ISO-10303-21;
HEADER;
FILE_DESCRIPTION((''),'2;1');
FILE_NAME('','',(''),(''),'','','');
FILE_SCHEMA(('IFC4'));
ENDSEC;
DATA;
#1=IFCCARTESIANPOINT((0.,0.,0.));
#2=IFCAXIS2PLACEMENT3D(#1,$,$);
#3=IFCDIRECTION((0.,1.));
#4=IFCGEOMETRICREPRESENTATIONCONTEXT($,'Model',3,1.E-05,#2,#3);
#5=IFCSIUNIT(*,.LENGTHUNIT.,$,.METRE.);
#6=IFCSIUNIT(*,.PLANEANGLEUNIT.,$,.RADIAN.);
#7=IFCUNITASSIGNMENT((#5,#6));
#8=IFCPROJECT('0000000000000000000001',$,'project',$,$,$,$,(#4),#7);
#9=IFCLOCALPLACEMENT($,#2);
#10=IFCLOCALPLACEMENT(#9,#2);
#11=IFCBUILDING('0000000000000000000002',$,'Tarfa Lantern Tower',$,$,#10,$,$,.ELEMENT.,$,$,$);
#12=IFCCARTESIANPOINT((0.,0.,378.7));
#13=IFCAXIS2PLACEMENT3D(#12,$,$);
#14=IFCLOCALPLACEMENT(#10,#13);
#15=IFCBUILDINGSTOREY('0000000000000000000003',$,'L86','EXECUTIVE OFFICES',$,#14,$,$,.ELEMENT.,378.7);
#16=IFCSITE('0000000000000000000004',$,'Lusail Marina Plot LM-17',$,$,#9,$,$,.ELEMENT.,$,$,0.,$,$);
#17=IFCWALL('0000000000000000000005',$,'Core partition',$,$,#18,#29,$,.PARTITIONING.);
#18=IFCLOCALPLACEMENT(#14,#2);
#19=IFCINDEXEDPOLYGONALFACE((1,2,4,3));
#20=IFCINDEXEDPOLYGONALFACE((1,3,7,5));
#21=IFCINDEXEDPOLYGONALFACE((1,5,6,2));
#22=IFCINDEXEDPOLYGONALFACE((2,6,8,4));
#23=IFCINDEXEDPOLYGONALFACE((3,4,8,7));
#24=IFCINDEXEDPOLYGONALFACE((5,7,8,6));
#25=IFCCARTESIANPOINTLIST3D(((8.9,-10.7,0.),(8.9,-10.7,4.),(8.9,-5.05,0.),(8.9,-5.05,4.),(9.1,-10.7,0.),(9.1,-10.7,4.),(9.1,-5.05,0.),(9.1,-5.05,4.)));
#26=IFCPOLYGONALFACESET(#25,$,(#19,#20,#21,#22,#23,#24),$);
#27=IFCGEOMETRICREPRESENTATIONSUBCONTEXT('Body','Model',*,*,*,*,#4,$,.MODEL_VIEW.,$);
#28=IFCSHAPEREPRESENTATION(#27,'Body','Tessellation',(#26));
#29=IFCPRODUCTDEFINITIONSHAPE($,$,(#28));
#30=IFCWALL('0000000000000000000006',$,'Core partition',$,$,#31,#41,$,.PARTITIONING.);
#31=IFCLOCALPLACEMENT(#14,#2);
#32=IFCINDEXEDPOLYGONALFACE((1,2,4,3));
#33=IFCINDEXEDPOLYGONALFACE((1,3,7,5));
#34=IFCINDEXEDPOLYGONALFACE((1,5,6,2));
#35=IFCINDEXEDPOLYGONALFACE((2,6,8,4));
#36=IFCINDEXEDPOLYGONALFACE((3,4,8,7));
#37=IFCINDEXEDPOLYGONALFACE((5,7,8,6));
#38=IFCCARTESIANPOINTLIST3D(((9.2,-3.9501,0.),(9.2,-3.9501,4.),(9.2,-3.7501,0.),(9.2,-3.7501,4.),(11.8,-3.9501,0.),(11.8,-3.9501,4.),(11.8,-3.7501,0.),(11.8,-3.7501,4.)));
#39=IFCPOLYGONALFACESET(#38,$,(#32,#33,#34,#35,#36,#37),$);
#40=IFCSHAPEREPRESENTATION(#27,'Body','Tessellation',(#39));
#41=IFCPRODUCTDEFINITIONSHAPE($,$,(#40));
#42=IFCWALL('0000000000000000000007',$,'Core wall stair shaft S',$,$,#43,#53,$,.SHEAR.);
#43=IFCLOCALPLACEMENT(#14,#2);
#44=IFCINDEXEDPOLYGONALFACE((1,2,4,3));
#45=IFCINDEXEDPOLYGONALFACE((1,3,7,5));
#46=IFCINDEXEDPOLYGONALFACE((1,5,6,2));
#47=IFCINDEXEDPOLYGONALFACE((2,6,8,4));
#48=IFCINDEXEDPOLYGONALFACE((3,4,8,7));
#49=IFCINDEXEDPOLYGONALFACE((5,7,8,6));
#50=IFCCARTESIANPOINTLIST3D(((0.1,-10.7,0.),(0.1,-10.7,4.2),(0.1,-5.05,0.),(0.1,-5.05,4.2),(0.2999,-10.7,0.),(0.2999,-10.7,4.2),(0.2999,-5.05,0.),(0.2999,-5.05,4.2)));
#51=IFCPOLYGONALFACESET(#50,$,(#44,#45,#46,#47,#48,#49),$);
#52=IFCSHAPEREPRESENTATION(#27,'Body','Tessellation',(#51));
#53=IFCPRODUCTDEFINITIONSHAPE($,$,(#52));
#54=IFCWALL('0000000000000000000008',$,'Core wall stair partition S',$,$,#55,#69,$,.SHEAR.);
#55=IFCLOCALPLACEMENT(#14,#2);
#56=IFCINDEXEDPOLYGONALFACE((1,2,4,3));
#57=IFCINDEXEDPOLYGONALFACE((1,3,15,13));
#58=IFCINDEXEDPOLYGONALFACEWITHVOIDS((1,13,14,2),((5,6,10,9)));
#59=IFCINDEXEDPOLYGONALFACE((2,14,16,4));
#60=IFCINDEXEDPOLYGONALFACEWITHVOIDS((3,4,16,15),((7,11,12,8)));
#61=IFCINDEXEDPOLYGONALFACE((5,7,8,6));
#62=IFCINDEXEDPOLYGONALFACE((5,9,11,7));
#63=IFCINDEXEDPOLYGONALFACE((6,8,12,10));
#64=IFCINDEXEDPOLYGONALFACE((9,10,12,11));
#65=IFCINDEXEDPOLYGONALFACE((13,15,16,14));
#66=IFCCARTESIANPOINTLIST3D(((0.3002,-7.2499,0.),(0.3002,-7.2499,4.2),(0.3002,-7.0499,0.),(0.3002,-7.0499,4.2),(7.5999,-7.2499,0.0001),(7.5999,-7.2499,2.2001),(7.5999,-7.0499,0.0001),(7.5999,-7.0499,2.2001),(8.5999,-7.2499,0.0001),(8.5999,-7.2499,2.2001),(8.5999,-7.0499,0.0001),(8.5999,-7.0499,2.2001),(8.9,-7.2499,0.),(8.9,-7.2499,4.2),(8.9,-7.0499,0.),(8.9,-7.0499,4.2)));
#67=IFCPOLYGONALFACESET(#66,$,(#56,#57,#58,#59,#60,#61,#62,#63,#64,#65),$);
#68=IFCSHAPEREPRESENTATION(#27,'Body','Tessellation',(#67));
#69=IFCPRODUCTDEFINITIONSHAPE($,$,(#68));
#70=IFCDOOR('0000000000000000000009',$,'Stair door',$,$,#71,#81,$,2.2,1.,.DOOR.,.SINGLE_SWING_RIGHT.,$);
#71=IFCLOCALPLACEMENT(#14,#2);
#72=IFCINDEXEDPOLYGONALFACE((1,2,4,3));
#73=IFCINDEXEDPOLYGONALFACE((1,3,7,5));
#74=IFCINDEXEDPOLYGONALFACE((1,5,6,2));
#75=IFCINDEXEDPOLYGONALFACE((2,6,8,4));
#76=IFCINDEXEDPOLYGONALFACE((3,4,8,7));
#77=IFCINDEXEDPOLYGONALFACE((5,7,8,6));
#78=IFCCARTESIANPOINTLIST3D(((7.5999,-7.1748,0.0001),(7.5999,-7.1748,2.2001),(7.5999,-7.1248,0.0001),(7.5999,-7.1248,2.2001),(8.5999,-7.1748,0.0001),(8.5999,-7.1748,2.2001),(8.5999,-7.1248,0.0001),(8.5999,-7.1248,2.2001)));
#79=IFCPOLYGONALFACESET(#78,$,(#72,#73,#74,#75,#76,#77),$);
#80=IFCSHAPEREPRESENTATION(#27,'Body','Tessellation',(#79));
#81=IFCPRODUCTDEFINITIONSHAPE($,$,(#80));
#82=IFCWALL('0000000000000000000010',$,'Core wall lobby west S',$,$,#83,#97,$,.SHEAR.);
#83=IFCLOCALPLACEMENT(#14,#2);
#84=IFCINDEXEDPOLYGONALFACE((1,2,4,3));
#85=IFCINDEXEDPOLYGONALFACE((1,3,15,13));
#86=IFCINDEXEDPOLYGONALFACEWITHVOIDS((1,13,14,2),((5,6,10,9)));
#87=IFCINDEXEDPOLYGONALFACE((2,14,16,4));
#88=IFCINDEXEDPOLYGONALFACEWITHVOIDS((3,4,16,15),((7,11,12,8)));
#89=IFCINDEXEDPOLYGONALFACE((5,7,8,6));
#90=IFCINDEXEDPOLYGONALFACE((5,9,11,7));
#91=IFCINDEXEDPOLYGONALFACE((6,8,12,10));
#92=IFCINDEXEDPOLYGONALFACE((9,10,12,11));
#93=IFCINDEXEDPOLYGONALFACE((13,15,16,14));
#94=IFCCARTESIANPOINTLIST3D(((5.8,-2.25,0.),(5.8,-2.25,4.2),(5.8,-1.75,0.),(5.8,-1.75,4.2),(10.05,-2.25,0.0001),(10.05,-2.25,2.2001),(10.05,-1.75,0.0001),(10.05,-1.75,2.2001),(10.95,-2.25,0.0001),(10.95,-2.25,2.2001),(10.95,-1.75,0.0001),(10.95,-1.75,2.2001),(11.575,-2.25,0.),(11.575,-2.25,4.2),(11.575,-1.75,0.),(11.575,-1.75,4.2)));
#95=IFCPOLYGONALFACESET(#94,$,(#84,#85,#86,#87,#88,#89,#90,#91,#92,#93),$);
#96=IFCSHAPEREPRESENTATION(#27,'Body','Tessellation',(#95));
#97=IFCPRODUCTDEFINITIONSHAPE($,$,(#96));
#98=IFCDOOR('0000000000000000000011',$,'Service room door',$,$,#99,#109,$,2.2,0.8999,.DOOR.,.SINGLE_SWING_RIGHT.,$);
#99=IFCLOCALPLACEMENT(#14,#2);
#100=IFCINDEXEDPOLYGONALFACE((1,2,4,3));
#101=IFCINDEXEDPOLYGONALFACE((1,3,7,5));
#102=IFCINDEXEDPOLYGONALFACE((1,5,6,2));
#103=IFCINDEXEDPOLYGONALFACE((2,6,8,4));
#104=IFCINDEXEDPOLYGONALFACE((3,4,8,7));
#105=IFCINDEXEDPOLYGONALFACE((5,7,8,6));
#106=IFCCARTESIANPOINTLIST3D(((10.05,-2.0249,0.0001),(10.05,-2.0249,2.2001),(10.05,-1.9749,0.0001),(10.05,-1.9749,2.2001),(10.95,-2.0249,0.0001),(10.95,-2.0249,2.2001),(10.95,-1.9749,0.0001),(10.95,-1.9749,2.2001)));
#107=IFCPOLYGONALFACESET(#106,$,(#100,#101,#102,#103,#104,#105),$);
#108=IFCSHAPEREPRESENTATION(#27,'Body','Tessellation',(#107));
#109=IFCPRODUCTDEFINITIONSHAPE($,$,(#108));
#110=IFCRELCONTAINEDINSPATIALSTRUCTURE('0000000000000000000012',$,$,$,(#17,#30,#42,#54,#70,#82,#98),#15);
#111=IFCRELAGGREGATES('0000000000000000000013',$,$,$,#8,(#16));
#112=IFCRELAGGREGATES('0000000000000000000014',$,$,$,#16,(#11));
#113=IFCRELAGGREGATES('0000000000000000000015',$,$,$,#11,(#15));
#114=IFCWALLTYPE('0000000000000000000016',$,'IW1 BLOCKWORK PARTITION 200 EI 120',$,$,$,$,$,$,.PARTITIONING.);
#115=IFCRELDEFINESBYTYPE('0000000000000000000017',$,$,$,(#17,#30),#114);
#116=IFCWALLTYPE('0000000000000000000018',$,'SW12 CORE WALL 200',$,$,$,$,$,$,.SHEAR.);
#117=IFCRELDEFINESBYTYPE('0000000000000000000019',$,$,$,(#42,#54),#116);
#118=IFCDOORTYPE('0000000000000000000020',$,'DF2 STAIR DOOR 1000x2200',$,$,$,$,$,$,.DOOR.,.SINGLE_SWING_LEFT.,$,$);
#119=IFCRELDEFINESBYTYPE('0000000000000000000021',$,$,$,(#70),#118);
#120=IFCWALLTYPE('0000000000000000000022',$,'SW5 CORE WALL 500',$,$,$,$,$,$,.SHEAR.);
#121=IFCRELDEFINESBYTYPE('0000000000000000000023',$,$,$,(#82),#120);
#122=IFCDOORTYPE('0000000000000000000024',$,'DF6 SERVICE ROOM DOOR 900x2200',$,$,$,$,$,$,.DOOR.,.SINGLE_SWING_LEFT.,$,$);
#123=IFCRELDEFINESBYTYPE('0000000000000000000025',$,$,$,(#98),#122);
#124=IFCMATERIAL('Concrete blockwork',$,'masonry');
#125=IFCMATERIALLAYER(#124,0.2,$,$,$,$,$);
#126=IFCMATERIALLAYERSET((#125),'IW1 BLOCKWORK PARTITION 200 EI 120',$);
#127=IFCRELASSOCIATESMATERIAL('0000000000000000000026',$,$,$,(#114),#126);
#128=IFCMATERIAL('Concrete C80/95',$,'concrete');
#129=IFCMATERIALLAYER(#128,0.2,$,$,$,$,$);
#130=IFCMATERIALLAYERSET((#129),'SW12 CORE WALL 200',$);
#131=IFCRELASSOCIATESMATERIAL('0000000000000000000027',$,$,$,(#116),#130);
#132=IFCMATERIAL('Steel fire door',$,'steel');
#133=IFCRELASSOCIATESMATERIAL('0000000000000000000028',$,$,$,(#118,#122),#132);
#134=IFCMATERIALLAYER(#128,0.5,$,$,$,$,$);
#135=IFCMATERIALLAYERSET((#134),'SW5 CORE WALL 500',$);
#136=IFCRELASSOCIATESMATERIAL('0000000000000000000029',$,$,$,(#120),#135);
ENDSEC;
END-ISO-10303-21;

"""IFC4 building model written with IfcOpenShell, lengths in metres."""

from ifc_helpers import new_model, si_unit, direction, frame, frame_2d, origin, place, context, subcontext, project, spatial, rectangle, extrude, material, layer, layer_set, type_object, element, fill, save


model = new_model("IFC4")

# Units and contexts
model_context = context("Model", 3, precision=1e-05, world=origin(), true_north=direction((0.0, 1.0)))
body_context = subcontext(model_context, "Body", "Model", "MODEL_VIEW")
ifc_project = project(units=[si_unit("LENGTHUNIT", "METRE"), si_unit("PLANEANGLEUNIT", "RADIAN")], contexts=[model_context])

# Site, building, storey
site_placement = place(None, origin())
site = spatial("IfcSite", under=ifc_project, at=site_placement, Name="Lusail Marina Plot LM-17", CompositionType="ELEMENT", RefElevation=0.0)
building_placement = place(site_placement, origin())
building = spatial("IfcBuilding", under=site, at=building_placement, Name="Tarfa Lantern Tower", CompositionType="ELEMENT")
storey_placement = place(building_placement, frame((0.0, 0.0, 378.7)))
storey = spatial("IfcBuildingStorey", under=building, at=storey_placement, Name="L86", Description="EXECUTIVE OFFICES", CompositionType="ELEMENT", Elevation=378.7)

# Walls
ifc_material_1 = material(Name="Concrete blockwork", Category="masonry")
ifc_layer_1 = layer(ifc_material_1, 0.2)
ifc_layer_set_1 = layer_set([ifc_layer_1], Name="IW1 BLOCKWORK PARTITION 200 EI 120")
wall_type_1 = type_object("IfcWallType", Name="IW1 BLOCKWORK PARTITION 200 EI 120", PredefinedType="PARTITIONING", material=ifc_layer_set_1)
wall_1_placement = place(storey_placement, frame((9.0, -5.05, 0.0), z_axis=(0.0, 0.0, 1.0), x_axis=(0.0, -1.0, 0.0)))
element("IfcWall", 1, at=wall_1_placement, inside=storey, type_object=wall_type_1, Name="Core partition", PredefinedType="PARTITIONING", context=body_context, shape_type="SweptSolid", body=[
    extrude(rectangle(XDim=5.6499, YDim=0.2, at=frame_2d((2.825, 0.0))), origin(), (0.0, 0.0, 1.0), 4.0),
])
wall_2_placement = place(storey_placement, frame((11.8, -3.8501, 0.0), z_axis=(0.0, 0.0, 1.0), x_axis=(-1.0, 0.0, 0.0)))
element("IfcWall", 2, at=wall_2_placement, inside=storey, type_object=wall_type_1, Name="Core partition", PredefinedType="PARTITIONING", context=body_context, shape_type="SweptSolid", body=[
    extrude(rectangle(XDim=2.6001, YDim=0.2, at=frame_2d((1.3, 0.0))), origin(), (0.0, 0.0, 1.0), 4.0),
])
ifc_material_2 = material(Name="Concrete C80/95", Category="concrete")
ifc_layer_2 = layer(ifc_material_2, 0.2)
ifc_layer_set_2 = layer_set([ifc_layer_2], Name="SW12 CORE WALL 200")
wall_type_2 = type_object("IfcWallType", Name="SW12 CORE WALL 200", PredefinedType="SHEAR", material=ifc_layer_set_2)
wall_3_placement = place(storey_placement, frame((0.2, -5.05, 0.0), z_axis=(0.0, 0.0, 1.0), x_axis=(0.0, -1.0, 0.0)))
element("IfcWall", 3, at=wall_3_placement, inside=storey, type_object=wall_type_2, Name="Core wall stair shaft S", PredefinedType="SHEAR", context=body_context, shape_type="SweptSolid", body=[
    extrude(rectangle(XDim=5.6499, YDim=0.2, at=frame_2d((2.825, 0.0))), origin(), (0.0, 0.0, 1.0), 4.2),
])

# Walls, openings, doors
wall_4_placement = place(storey_placement, frame((8.8999, -7.1499, 0.0), z_axis=(0.0, 0.0, 1.0), x_axis=(-1.0, 0.0, 0.0)))
wall_4 = element("IfcWall", 4, at=wall_4_placement, inside=storey, type_object=wall_type_2, Name="Core wall stair partition S", PredefinedType="SHEAR", context=body_context, shape_type="SweptSolid", body=[
    extrude(rectangle(XDim=8.5999, YDim=0.2, at=frame_2d((4.2998, 0.0))), origin(), (0.0, 0.0, 1.0), 4.2),
])
opening_1_placement = place(wall_4_placement, frame((0.3, 0.0, 0.0)))
opening_1 = element("IfcOpeningElement", 5, at=opening_1_placement, cuts=wall_4, PredefinedType="OPENING", context=body_context, shape_type="SweptSolid", body=[
    extrude(rectangle(XDim=1.0, YDim=2.2, at=frame_2d((0.5, 1.1001))), frame((0.0, 0.1099, 0.0), z_axis=(0.0, -1.0, 0.0), x_axis=(1.0, 0.0, 0.0)), (0.0, 0.0, 1.0), 0.22),
])
ifc_material_3 = material(Name="Steel fire door", Category="steel")
door_type_1 = type_object("IfcDoorType", Name="DF2 STAIR DOOR 1000x2200", OperationType="SINGLE_SWING_LEFT", PredefinedType="DOOR", material=ifc_material_3)
door_1_placement = place(opening_1_placement, origin())
door_1 = element("IfcDoor", 6, at=door_1_placement, inside=storey, type_object=door_type_1, Name="Stair door", OperationType="SINGLE_SWING_RIGHT", OverallHeight=2.2, OverallWidth=1.0, PredefinedType="DOOR", context=body_context, shape_type="SweptSolid", body=[
    extrude(rectangle(XDim=1.0, YDim=2.2, at=frame_2d((0.5, 1.1001))), frame((0.0, 0.0249, 0.0), z_axis=(0.0, -1.0, 0.0), x_axis=(1.0, 0.0, 0.0)), (0.0, 0.0, 1.0), 0.05),
])
fill(opening_1, door_1)
ifc_layer_3 = layer(ifc_material_2, 0.5)
ifc_layer_set_3 = layer_set([ifc_layer_3], Name="SW5 CORE WALL 500")
wall_type_3 = type_object("IfcWallType", Name="SW5 CORE WALL 500", PredefinedType="SHEAR", material=ifc_layer_set_3)
wall_5_placement = place(storey_placement, frame((11.575, -2.0, 0.0), z_axis=(0.0, 0.0, 1.0), x_axis=(-1.0, 0.0, 0.0)))
wall_5 = element("IfcWall", 7, at=wall_5_placement, inside=storey, type_object=wall_type_3, Name="Core wall lobby west S", PredefinedType="SHEAR", context=body_context, shape_type="SweptSolid", body=[
    extrude(rectangle(XDim=5.7749, YDim=0.5, at=frame_2d((2.8875, 0.0))), origin(), (0.0, 0.0, 1.0), 4.2),
])
opening_2_placement = place(wall_5_placement, frame((0.625, 0.0, 0.0)))
opening_2 = element("IfcOpeningElement", 8, at=opening_2_placement, cuts=wall_5, PredefinedType="OPENING", context=body_context, shape_type="SweptSolid", body=[
    extrude(rectangle(XDim=0.8999, YDim=2.2, at=frame_2d((0.45, 1.1001))), frame((0.0, 0.26, 0.0), z_axis=(0.0, -1.0, 0.0), x_axis=(1.0, 0.0, 0.0)), (0.0, 0.0, 1.0), 0.52),
])
door_type_2 = type_object("IfcDoorType", Name="DF6 SERVICE ROOM DOOR 900x2200", OperationType="SINGLE_SWING_LEFT", PredefinedType="DOOR", material=ifc_material_3)
door_2_placement = place(opening_2_placement, origin())
door_2 = element("IfcDoor", 9, at=door_2_placement, inside=storey, type_object=door_type_2, Name="Service room door", OperationType="SINGLE_SWING_RIGHT", OverallHeight=2.2, OverallWidth=0.8999, PredefinedType="DOOR", context=body_context, shape_type="SweptSolid", body=[
    extrude(rectangle(XDim=0.8999, YDim=2.2, at=frame_2d((0.45, 1.1001))), frame((0.0, 0.0249, 0.0), z_axis=(0.0, -1.0, 0.0), x_axis=(1.0, 0.0, 0.0)), (0.0, 0.0, 1.0), 0.05),
])
fill(opening_2, door_2)

save(model, "model.ifc")
